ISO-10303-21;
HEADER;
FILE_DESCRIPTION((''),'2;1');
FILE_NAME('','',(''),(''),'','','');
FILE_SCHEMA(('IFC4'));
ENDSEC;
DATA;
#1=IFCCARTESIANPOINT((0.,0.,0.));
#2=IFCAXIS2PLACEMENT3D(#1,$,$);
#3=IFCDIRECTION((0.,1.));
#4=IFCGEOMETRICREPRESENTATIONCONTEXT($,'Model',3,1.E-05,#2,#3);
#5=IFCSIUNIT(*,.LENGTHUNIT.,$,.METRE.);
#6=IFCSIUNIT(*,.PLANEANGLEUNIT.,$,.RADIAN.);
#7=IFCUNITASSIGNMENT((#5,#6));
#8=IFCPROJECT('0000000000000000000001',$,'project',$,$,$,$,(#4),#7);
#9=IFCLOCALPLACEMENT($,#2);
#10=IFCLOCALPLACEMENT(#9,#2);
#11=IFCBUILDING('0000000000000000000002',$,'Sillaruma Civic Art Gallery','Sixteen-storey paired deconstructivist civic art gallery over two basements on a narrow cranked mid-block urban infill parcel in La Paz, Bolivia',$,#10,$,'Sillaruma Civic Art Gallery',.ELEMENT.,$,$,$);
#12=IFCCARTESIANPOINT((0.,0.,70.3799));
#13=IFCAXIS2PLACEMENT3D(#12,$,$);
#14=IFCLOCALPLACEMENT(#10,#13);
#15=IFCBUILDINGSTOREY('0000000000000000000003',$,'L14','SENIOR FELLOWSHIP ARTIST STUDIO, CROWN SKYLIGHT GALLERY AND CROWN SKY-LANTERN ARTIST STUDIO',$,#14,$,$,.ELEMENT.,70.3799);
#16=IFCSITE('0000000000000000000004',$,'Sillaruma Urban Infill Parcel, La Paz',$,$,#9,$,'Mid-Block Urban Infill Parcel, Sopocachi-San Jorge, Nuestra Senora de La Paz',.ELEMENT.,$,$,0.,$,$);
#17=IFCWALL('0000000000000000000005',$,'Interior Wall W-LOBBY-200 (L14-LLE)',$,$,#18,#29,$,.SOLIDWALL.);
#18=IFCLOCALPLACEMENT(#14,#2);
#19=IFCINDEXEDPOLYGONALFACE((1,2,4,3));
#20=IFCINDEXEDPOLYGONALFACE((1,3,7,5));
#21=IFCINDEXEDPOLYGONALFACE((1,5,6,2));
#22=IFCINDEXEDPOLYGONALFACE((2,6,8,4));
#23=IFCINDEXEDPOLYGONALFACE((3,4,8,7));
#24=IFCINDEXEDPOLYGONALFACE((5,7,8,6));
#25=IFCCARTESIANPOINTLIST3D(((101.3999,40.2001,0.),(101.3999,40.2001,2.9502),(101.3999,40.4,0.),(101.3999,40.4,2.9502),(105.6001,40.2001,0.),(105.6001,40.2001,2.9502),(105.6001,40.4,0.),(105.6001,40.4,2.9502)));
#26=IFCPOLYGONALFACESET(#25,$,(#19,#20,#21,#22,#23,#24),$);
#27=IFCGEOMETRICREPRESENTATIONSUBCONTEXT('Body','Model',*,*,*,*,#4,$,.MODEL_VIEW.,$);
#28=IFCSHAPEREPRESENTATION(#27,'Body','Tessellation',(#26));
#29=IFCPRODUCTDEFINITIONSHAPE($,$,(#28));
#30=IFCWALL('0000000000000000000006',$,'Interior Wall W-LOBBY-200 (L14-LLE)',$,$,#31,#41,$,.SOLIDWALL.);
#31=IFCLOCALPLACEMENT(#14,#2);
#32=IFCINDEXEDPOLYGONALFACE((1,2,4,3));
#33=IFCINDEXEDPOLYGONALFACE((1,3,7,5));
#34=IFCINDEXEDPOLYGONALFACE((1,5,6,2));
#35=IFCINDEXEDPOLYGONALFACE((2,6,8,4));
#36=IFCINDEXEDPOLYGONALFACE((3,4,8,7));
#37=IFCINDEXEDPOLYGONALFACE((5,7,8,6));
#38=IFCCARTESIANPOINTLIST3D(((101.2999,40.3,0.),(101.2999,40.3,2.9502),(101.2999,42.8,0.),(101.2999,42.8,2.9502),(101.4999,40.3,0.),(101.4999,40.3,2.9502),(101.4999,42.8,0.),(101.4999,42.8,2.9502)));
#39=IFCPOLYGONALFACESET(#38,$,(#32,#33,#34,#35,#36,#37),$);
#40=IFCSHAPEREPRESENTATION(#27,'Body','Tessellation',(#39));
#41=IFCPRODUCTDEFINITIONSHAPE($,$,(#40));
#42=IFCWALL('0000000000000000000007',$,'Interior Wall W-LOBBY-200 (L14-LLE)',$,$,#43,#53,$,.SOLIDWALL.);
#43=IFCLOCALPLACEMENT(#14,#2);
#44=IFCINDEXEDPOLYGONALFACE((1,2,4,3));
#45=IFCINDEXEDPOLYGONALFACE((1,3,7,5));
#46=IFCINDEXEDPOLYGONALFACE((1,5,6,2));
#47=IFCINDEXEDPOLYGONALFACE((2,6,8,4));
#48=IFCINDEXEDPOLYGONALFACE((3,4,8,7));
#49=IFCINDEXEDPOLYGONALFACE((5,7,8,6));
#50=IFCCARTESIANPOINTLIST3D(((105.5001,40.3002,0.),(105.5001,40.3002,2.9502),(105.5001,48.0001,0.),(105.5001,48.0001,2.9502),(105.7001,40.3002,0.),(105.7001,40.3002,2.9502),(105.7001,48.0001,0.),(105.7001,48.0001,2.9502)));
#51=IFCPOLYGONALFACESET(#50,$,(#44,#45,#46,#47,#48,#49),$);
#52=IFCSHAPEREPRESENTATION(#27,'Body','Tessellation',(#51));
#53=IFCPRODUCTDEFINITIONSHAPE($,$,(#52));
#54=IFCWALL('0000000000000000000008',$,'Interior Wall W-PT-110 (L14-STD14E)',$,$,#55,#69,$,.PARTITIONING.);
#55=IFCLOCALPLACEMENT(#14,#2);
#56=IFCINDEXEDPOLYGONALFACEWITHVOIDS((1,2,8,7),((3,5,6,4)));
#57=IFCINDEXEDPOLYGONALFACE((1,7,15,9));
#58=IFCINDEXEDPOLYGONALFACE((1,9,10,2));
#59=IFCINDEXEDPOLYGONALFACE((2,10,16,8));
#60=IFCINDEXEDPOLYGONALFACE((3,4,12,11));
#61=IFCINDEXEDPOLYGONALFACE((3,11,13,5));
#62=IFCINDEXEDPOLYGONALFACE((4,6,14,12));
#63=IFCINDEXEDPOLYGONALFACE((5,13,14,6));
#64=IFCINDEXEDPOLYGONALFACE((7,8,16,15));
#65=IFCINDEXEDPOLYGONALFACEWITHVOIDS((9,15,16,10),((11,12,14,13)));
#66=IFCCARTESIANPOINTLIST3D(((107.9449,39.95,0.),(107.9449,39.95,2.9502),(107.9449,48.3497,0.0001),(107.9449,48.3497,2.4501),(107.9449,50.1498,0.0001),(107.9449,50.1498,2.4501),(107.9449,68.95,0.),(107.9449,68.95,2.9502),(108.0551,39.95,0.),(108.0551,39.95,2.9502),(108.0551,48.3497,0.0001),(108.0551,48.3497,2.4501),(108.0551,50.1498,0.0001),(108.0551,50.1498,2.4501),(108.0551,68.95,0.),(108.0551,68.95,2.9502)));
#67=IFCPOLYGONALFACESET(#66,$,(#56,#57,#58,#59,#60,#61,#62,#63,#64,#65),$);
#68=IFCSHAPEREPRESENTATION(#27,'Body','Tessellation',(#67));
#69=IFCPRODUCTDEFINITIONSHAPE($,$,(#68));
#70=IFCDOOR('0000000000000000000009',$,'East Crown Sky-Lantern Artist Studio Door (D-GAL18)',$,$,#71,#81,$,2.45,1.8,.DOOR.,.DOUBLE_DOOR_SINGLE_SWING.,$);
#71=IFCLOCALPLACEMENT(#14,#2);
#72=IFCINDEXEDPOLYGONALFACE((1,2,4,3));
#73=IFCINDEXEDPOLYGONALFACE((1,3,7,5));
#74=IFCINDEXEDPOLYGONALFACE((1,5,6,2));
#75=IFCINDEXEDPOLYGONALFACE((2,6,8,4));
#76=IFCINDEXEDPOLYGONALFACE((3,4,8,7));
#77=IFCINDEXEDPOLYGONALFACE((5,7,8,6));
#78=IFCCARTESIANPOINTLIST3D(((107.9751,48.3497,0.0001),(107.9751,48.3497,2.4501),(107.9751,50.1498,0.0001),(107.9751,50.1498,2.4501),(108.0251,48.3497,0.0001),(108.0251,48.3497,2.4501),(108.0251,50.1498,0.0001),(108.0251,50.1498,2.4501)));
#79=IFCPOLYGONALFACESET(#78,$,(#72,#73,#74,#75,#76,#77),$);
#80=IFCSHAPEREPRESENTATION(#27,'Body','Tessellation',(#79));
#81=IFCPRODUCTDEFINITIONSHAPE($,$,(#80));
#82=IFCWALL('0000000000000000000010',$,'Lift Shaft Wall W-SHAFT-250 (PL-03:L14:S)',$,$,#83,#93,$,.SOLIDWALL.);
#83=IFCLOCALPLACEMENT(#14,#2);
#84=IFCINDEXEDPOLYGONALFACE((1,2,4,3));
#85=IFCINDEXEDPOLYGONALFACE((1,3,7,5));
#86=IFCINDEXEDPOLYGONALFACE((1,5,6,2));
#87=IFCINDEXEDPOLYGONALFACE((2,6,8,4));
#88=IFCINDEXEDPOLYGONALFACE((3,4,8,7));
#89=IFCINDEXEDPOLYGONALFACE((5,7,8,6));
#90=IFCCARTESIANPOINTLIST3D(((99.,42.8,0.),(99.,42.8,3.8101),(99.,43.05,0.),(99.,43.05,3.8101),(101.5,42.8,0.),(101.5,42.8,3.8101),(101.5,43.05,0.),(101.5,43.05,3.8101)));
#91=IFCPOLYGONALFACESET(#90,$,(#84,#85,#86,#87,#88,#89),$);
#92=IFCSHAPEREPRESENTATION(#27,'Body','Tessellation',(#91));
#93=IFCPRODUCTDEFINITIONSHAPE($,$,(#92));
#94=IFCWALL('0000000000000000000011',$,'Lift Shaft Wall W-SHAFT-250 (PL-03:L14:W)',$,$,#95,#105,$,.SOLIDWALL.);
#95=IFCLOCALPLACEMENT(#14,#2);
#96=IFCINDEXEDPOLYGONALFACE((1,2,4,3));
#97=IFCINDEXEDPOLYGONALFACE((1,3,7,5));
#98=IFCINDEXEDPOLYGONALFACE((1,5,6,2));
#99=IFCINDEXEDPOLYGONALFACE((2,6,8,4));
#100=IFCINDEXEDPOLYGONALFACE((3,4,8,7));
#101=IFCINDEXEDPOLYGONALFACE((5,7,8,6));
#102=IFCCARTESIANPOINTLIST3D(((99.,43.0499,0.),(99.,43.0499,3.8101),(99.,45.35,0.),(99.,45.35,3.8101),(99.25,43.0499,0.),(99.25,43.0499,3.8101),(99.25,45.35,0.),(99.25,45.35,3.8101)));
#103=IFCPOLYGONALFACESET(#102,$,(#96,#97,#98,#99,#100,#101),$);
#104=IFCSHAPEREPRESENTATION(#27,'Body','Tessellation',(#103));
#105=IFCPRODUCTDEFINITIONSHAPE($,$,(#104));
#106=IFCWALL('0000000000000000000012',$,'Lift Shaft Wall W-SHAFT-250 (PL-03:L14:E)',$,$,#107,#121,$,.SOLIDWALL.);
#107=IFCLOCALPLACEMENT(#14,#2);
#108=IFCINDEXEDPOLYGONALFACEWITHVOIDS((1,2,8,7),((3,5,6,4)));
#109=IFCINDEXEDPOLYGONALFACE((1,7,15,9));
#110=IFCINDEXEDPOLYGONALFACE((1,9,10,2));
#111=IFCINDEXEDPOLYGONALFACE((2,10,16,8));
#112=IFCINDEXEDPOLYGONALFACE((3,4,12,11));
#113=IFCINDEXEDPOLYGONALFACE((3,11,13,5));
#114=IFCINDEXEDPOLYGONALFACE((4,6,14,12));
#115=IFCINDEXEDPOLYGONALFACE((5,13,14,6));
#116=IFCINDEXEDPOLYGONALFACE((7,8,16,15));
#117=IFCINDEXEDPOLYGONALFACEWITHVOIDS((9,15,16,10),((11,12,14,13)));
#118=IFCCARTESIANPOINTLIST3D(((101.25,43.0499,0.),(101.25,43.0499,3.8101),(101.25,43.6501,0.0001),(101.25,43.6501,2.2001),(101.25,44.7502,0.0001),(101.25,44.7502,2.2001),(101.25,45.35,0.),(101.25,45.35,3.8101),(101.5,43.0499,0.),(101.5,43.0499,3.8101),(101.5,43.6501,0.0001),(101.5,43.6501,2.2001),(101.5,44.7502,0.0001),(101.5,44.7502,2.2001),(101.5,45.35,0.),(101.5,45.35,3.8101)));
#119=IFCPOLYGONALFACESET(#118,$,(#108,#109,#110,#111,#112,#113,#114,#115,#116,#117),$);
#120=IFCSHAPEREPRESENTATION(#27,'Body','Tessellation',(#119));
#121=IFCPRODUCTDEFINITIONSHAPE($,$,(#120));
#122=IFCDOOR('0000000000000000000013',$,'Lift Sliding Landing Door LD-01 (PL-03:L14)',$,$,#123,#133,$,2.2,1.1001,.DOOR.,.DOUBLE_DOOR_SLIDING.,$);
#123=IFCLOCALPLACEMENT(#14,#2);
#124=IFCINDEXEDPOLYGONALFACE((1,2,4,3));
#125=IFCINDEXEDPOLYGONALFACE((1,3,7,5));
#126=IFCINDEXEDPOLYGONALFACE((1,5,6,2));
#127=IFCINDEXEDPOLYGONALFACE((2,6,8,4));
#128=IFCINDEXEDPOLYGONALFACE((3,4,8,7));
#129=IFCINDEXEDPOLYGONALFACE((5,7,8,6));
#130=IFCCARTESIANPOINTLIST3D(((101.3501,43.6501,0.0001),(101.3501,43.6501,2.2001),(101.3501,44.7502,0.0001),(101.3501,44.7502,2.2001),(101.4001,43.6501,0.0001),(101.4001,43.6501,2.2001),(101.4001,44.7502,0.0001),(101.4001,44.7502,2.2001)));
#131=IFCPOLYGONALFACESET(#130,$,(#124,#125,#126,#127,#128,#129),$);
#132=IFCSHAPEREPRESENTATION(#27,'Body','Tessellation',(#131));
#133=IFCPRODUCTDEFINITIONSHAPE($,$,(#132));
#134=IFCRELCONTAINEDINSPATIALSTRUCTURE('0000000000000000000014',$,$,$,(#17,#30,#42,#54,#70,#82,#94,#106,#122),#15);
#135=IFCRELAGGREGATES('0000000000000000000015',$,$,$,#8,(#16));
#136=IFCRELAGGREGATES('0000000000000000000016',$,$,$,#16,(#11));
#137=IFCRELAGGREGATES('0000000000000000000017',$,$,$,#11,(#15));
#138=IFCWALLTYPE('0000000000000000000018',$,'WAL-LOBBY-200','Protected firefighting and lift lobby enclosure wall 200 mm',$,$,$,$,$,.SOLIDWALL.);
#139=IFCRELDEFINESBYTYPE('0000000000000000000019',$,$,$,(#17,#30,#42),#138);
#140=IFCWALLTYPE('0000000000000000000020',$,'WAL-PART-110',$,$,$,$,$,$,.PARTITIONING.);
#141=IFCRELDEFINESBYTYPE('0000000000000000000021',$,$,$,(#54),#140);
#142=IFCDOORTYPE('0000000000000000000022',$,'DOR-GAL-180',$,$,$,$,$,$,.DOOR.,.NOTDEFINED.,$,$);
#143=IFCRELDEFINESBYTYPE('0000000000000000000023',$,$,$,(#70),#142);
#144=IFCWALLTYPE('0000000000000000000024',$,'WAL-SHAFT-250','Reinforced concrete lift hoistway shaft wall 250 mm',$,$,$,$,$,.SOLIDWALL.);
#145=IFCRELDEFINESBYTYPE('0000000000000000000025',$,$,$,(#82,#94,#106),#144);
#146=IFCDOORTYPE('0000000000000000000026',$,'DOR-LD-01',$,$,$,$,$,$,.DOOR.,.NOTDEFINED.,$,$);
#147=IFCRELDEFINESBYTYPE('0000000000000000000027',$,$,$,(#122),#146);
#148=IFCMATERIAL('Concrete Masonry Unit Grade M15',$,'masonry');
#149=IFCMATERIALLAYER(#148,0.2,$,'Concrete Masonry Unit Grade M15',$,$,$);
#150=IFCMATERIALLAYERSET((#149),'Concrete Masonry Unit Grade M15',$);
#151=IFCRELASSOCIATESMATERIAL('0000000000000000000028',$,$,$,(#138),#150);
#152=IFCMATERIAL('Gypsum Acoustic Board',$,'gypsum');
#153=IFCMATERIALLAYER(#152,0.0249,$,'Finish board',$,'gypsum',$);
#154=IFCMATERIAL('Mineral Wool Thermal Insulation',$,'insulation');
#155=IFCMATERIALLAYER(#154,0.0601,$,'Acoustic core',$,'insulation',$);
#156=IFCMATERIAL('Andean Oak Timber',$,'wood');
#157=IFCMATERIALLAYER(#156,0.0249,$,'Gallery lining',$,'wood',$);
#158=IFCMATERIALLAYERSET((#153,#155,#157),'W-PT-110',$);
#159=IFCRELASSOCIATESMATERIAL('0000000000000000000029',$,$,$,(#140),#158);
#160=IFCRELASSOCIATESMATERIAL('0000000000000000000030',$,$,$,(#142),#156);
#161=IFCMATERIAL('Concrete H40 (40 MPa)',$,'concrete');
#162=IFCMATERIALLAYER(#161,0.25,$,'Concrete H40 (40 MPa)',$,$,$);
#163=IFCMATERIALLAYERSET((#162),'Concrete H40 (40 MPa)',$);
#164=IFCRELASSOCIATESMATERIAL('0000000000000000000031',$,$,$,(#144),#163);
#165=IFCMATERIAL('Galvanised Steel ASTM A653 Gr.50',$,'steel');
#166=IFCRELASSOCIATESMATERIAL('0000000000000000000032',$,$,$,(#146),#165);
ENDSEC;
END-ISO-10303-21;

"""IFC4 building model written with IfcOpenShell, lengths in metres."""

from ifc_helpers import new_model, si_unit, direction, frame, frame_2d, origin, place, context, subcontext, project, spatial, rectangle, extrude, material, layer, layer_set, type_object, element, fill, save


model = new_model("IFC4")

# Units and contexts
model_context = context("Model", 3, precision=1e-05, world=origin(), true_north=direction((0.0, 1.0)))
body_context = subcontext(model_context, "Body", "Model", "MODEL_VIEW")
ifc_project = project(units=[si_unit("LENGTHUNIT", "METRE"), si_unit("PLANEANGLEUNIT", "RADIAN")], contexts=[model_context])

# Site, building, storey
site_placement = place(None, origin())
site = spatial("IfcSite", under=ifc_project, at=site_placement, Name="Sillaruma Urban Infill Parcel, La Paz", LongName="Mid-Block Urban Infill Parcel, Sopocachi-San Jorge, Nuestra Senora de La Paz", CompositionType="ELEMENT", RefElevation=0.0)
building_placement = place(site_placement, origin())
building = spatial("IfcBuilding", under=site, at=building_placement, Name="Sillaruma Civic Art Gallery", Description="Sixteen-storey paired deconstructivist civic art gallery over two basements on a narrow cranked mid-block urban infill parcel in La Paz, Bolivia", LongName="Sillaruma Civic Art Gallery", CompositionType="ELEMENT")
storey_placement = place(building_placement, frame((0.0, 0.0, 70.3799)))
storey = spatial("IfcBuildingStorey", under=building, at=storey_placement, Name="L14", Description="SENIOR FELLOWSHIP ARTIST STUDIO, CROWN SKYLIGHT GALLERY AND CROWN SKY-LANTERN ARTIST STUDIO", CompositionType="ELEMENT", Elevation=70.3799)

# Shared definitions
ifc_material_1 = material(Name="Concrete H40 (40 MPa)", Category="concrete")

# Shared definitions
ifc_material_2 = material(Name="Mineral Wool Thermal Insulation", Category="insulation")

# Walls
ifc_material_3 = material(Name="Concrete Masonry Unit Grade M15", Category="masonry")
ifc_layer_1 = layer(ifc_material_3, 0.2, Name="Concrete Masonry Unit Grade M15")
ifc_layer_set_1 = layer_set([ifc_layer_1], Name="Concrete Masonry Unit Grade M15")
wall_type_1 = type_object("IfcWallType", Name="WAL-LOBBY-200", Description="Protected firefighting and lift lobby enclosure wall 200 mm", PredefinedType="SOLIDWALL", material=ifc_layer_set_1)
wall_1_placement = place(storey_placement, frame((101.3999, 40.3, 0.0), z_axis=(0.0, 0.0, 1.0), x_axis=(1.0, 0.0, 0.0)))
element("IfcWall", 1, at=wall_1_placement, inside=storey, type_object=wall_type_1, Name="Interior Wall W-LOBBY-200 (L14-LLE)", PredefinedType="SOLIDWALL", context=body_context, shape_type="SweptSolid", body=[
    extrude(rectangle(XDim=4.2002, YDim=0.2, at=frame_2d((2.1001, 0.0))), origin(), (0.0, 0.0, 1.0), 2.9502),
])
wall_2_placement = place(storey_placement, frame((101.3999, 40.3, 0.0), z_axis=(0.0, 0.0, 1.0), x_axis=(0.0, 1.0, 0.0)))
element("IfcWall", 2, at=wall_2_placement, inside=storey, type_object=wall_type_1, Name="Interior Wall W-LOBBY-200 (L14-LLE)", PredefinedType="SOLIDWALL", context=body_context, shape_type="SweptSolid", body=[
    extrude(rectangle(XDim=2.5, YDim=0.2, at=frame_2d((1.25, 0.0))), origin(), (0.0, 0.0, 1.0), 2.9502),
])
wall_3_placement = place(storey_placement, frame((105.6001, 40.3, 0.0), z_axis=(0.0, 0.0, 1.0), x_axis=(0.0, 1.0, 0.0)))
element("IfcWall", 3, at=wall_3_placement, inside=storey, type_object=wall_type_1, Name="Interior Wall W-LOBBY-200 (L14-LLE)", PredefinedType="SOLIDWALL", context=body_context, shape_type="SweptSolid", body=[
    extrude(rectangle(XDim=7.7, YDim=0.2, at=frame_2d((3.8501, 0.0))), origin(), (0.0, 0.0, 1.0), 2.9502),
])

# Wall, opening, door
ifc_material_4 = material(Name="Gypsum Acoustic Board", Category="gypsum")
ifc_layer_2 = layer(ifc_material_4, 0.0249, Name="Finish board", Category="gypsum")
ifc_layer_3 = layer(ifc_material_2, 0.0601, Name="Acoustic core", Category="insulation")
ifc_material_5 = material(Name="Andean Oak Timber", Category="wood")
ifc_layer_4 = layer(ifc_material_5, 0.0249, Name="Gallery lining", Category="wood")
ifc_layer_set_2 = layer_set([ifc_layer_2, ifc_layer_3, ifc_layer_4], Name="W-PT-110")
wall_type_2 = type_object("IfcWallType", Name="WAL-PART-110", PredefinedType="PARTITIONING", material=ifc_layer_set_2)
wall_4_placement = place(storey_placement, frame((108.0, 39.95, 0.0), z_axis=(0.0, 0.0, 1.0), x_axis=(0.0, 1.0, 0.0)))
wall_4 = element("IfcWall", 4, at=wall_4_placement, inside=storey, type_object=wall_type_2, Name="Interior Wall W-PT-110 (L14-STD14E)", PredefinedType="PARTITIONING", context=body_context, shape_type="SweptSolid", body=[
    extrude(rectangle(XDim=29.0, YDim=0.1101, at=frame_2d((14.5, 0.0))), origin(), (0.0, 0.0, 1.0), 2.9502),
])
opening_1_placement = place(wall_4_placement, frame((8.3999, 0.0, 0.0)))
opening_1 = element("IfcOpeningElement", 5, at=opening_1_placement, cuts=wall_4, PredefinedType="OPENING", context=body_context, shape_type="SweptSolid", body=[
    extrude(rectangle(XDim=1.8, YDim=2.45, at=frame_2d((0.8999, 1.2251))), frame((0.0, 0.0649, 0.0), z_axis=(0.0, -1.0, 0.0), x_axis=(1.0, 0.0, 0.0)), (0.0, 0.0, 1.0), 0.1301),
])
door_type_1 = type_object("IfcDoorType", Name="DOR-GAL-180", OperationType="NOTDEFINED", PredefinedType="DOOR", material=ifc_material_5)
door_1_placement = place(opening_1_placement, origin())
door_1 = element("IfcDoor", 6, at=door_1_placement, inside=storey, type_object=door_type_1, Name="East Crown Sky-Lantern Artist Studio Door (D-GAL18)", OperationType="DOUBLE_DOOR_SINGLE_SWING", OverallHeight=2.45, OverallWidth=1.8, PredefinedType="DOOR", context=body_context, shape_type="SweptSolid", body=[
    extrude(rectangle(XDim=1.8, YDim=2.45, at=frame_2d((0.8999, 1.2251))), frame((0.0, 0.0249, 0.0), z_axis=(0.0, -1.0, 0.0), x_axis=(1.0, 0.0, 0.0)), (0.0, 0.0, 1.0), 0.05),
])
fill(opening_1, door_1)

# Walls
ifc_layer_5 = layer(ifc_material_1, 0.25, Name="Concrete H40 (40 MPa)")
ifc_layer_set_3 = layer_set([ifc_layer_5], Name="Concrete H40 (40 MPa)")
wall_type_3 = type_object("IfcWallType", Name="WAL-SHAFT-250", Description="Reinforced concrete lift hoistway shaft wall 250 mm", PredefinedType="SOLIDWALL", material=ifc_layer_set_3)
wall_5_placement = place(storey_placement, frame((99.0, 42.925, 0.0), z_axis=(0.0, 0.0, 1.0), x_axis=(1.0, 0.0, 0.0)))
element("IfcWall", 7, at=wall_5_placement, inside=storey, type_object=wall_type_3, Name="Lift Shaft Wall W-SHAFT-250 (PL-03:L14:S)", PredefinedType="SOLIDWALL", context=body_context, shape_type="SweptSolid", body=[
    extrude(rectangle(XDim=2.5, YDim=0.25, at=frame_2d((1.25, 0.0))), origin(), (0.0, 0.0, 1.0), 3.8101),
])
wall_6_placement = place(storey_placement, frame((99.125, 43.05, 0.0), z_axis=(0.0, 0.0, 1.0), x_axis=(0.0, 1.0, 0.0)))
element("IfcWall", 8, at=wall_6_placement, inside=storey, type_object=wall_type_3, Name="Lift Shaft Wall W-SHAFT-250 (PL-03:L14:W)", PredefinedType="SOLIDWALL", context=body_context, shape_type="SweptSolid", body=[
    extrude(rectangle(XDim=2.3, YDim=0.25, at=frame_2d((1.1499, 0.0))), origin(), (0.0, 0.0, 1.0), 3.8101),
])

# Wall, opening, door
wall_7_placement = place(storey_placement, frame((101.375, 43.05, 0.0), z_axis=(0.0, 0.0, 1.0), x_axis=(0.0, 1.0, 0.0)))
wall_7 = element("IfcWall", 9, at=wall_7_placement, inside=storey, type_object=wall_type_3, Name="Lift Shaft Wall W-SHAFT-250 (PL-03:L14:E)", PredefinedType="SOLIDWALL", context=body_context, shape_type="SweptSolid", body=[
    extrude(rectangle(XDim=2.3, YDim=0.25, at=frame_2d((1.1499, 0.0))), origin(), (0.0, 0.0, 1.0), 3.8101),
])
opening_2_placement = place(wall_7_placement, frame((0.6001, 0.0, 0.0)))
opening_2 = element("IfcOpeningElement", 10, at=opening_2_placement, cuts=wall_7, PredefinedType="OPENING", context=body_context, shape_type="SweptSolid", body=[
    extrude(rectangle(XDim=1.1001, YDim=2.2, at=frame_2d((0.55, 1.1001))), frame((0.0, 0.135, 0.0), z_axis=(0.0, -1.0, 0.0), x_axis=(1.0, 0.0, 0.0)), (0.0, 0.0, 1.0), 0.27),
])
ifc_material_6 = material(Name="Galvanised Steel ASTM A653 Gr.50", Category="steel")
door_type_2 = type_object("IfcDoorType", Name="DOR-LD-01", OperationType="NOTDEFINED", PredefinedType="DOOR", material=ifc_material_6)
door_2_placement = place(opening_2_placement, origin())
door_2 = element("IfcDoor", 11, at=door_2_placement, inside=storey, type_object=door_type_2, Name="Lift Sliding Landing Door LD-01 (PL-03:L14)", OperationType="DOUBLE_DOOR_SLIDING", OverallHeight=2.2, OverallWidth=1.1001, PredefinedType="DOOR", context=body_context, shape_type="SweptSolid", body=[
    extrude(rectangle(XDim=1.1001, YDim=2.2, at=frame_2d((0.55, 1.1001))), frame((0.0, 0.0249, 0.0), z_axis=(0.0, -1.0, 0.0), x_axis=(1.0, 0.0, 0.0)), (0.0, 0.0, 1.0), 0.05),
])
fill(opening_2, door_2)

save(model, "model.ifc")
